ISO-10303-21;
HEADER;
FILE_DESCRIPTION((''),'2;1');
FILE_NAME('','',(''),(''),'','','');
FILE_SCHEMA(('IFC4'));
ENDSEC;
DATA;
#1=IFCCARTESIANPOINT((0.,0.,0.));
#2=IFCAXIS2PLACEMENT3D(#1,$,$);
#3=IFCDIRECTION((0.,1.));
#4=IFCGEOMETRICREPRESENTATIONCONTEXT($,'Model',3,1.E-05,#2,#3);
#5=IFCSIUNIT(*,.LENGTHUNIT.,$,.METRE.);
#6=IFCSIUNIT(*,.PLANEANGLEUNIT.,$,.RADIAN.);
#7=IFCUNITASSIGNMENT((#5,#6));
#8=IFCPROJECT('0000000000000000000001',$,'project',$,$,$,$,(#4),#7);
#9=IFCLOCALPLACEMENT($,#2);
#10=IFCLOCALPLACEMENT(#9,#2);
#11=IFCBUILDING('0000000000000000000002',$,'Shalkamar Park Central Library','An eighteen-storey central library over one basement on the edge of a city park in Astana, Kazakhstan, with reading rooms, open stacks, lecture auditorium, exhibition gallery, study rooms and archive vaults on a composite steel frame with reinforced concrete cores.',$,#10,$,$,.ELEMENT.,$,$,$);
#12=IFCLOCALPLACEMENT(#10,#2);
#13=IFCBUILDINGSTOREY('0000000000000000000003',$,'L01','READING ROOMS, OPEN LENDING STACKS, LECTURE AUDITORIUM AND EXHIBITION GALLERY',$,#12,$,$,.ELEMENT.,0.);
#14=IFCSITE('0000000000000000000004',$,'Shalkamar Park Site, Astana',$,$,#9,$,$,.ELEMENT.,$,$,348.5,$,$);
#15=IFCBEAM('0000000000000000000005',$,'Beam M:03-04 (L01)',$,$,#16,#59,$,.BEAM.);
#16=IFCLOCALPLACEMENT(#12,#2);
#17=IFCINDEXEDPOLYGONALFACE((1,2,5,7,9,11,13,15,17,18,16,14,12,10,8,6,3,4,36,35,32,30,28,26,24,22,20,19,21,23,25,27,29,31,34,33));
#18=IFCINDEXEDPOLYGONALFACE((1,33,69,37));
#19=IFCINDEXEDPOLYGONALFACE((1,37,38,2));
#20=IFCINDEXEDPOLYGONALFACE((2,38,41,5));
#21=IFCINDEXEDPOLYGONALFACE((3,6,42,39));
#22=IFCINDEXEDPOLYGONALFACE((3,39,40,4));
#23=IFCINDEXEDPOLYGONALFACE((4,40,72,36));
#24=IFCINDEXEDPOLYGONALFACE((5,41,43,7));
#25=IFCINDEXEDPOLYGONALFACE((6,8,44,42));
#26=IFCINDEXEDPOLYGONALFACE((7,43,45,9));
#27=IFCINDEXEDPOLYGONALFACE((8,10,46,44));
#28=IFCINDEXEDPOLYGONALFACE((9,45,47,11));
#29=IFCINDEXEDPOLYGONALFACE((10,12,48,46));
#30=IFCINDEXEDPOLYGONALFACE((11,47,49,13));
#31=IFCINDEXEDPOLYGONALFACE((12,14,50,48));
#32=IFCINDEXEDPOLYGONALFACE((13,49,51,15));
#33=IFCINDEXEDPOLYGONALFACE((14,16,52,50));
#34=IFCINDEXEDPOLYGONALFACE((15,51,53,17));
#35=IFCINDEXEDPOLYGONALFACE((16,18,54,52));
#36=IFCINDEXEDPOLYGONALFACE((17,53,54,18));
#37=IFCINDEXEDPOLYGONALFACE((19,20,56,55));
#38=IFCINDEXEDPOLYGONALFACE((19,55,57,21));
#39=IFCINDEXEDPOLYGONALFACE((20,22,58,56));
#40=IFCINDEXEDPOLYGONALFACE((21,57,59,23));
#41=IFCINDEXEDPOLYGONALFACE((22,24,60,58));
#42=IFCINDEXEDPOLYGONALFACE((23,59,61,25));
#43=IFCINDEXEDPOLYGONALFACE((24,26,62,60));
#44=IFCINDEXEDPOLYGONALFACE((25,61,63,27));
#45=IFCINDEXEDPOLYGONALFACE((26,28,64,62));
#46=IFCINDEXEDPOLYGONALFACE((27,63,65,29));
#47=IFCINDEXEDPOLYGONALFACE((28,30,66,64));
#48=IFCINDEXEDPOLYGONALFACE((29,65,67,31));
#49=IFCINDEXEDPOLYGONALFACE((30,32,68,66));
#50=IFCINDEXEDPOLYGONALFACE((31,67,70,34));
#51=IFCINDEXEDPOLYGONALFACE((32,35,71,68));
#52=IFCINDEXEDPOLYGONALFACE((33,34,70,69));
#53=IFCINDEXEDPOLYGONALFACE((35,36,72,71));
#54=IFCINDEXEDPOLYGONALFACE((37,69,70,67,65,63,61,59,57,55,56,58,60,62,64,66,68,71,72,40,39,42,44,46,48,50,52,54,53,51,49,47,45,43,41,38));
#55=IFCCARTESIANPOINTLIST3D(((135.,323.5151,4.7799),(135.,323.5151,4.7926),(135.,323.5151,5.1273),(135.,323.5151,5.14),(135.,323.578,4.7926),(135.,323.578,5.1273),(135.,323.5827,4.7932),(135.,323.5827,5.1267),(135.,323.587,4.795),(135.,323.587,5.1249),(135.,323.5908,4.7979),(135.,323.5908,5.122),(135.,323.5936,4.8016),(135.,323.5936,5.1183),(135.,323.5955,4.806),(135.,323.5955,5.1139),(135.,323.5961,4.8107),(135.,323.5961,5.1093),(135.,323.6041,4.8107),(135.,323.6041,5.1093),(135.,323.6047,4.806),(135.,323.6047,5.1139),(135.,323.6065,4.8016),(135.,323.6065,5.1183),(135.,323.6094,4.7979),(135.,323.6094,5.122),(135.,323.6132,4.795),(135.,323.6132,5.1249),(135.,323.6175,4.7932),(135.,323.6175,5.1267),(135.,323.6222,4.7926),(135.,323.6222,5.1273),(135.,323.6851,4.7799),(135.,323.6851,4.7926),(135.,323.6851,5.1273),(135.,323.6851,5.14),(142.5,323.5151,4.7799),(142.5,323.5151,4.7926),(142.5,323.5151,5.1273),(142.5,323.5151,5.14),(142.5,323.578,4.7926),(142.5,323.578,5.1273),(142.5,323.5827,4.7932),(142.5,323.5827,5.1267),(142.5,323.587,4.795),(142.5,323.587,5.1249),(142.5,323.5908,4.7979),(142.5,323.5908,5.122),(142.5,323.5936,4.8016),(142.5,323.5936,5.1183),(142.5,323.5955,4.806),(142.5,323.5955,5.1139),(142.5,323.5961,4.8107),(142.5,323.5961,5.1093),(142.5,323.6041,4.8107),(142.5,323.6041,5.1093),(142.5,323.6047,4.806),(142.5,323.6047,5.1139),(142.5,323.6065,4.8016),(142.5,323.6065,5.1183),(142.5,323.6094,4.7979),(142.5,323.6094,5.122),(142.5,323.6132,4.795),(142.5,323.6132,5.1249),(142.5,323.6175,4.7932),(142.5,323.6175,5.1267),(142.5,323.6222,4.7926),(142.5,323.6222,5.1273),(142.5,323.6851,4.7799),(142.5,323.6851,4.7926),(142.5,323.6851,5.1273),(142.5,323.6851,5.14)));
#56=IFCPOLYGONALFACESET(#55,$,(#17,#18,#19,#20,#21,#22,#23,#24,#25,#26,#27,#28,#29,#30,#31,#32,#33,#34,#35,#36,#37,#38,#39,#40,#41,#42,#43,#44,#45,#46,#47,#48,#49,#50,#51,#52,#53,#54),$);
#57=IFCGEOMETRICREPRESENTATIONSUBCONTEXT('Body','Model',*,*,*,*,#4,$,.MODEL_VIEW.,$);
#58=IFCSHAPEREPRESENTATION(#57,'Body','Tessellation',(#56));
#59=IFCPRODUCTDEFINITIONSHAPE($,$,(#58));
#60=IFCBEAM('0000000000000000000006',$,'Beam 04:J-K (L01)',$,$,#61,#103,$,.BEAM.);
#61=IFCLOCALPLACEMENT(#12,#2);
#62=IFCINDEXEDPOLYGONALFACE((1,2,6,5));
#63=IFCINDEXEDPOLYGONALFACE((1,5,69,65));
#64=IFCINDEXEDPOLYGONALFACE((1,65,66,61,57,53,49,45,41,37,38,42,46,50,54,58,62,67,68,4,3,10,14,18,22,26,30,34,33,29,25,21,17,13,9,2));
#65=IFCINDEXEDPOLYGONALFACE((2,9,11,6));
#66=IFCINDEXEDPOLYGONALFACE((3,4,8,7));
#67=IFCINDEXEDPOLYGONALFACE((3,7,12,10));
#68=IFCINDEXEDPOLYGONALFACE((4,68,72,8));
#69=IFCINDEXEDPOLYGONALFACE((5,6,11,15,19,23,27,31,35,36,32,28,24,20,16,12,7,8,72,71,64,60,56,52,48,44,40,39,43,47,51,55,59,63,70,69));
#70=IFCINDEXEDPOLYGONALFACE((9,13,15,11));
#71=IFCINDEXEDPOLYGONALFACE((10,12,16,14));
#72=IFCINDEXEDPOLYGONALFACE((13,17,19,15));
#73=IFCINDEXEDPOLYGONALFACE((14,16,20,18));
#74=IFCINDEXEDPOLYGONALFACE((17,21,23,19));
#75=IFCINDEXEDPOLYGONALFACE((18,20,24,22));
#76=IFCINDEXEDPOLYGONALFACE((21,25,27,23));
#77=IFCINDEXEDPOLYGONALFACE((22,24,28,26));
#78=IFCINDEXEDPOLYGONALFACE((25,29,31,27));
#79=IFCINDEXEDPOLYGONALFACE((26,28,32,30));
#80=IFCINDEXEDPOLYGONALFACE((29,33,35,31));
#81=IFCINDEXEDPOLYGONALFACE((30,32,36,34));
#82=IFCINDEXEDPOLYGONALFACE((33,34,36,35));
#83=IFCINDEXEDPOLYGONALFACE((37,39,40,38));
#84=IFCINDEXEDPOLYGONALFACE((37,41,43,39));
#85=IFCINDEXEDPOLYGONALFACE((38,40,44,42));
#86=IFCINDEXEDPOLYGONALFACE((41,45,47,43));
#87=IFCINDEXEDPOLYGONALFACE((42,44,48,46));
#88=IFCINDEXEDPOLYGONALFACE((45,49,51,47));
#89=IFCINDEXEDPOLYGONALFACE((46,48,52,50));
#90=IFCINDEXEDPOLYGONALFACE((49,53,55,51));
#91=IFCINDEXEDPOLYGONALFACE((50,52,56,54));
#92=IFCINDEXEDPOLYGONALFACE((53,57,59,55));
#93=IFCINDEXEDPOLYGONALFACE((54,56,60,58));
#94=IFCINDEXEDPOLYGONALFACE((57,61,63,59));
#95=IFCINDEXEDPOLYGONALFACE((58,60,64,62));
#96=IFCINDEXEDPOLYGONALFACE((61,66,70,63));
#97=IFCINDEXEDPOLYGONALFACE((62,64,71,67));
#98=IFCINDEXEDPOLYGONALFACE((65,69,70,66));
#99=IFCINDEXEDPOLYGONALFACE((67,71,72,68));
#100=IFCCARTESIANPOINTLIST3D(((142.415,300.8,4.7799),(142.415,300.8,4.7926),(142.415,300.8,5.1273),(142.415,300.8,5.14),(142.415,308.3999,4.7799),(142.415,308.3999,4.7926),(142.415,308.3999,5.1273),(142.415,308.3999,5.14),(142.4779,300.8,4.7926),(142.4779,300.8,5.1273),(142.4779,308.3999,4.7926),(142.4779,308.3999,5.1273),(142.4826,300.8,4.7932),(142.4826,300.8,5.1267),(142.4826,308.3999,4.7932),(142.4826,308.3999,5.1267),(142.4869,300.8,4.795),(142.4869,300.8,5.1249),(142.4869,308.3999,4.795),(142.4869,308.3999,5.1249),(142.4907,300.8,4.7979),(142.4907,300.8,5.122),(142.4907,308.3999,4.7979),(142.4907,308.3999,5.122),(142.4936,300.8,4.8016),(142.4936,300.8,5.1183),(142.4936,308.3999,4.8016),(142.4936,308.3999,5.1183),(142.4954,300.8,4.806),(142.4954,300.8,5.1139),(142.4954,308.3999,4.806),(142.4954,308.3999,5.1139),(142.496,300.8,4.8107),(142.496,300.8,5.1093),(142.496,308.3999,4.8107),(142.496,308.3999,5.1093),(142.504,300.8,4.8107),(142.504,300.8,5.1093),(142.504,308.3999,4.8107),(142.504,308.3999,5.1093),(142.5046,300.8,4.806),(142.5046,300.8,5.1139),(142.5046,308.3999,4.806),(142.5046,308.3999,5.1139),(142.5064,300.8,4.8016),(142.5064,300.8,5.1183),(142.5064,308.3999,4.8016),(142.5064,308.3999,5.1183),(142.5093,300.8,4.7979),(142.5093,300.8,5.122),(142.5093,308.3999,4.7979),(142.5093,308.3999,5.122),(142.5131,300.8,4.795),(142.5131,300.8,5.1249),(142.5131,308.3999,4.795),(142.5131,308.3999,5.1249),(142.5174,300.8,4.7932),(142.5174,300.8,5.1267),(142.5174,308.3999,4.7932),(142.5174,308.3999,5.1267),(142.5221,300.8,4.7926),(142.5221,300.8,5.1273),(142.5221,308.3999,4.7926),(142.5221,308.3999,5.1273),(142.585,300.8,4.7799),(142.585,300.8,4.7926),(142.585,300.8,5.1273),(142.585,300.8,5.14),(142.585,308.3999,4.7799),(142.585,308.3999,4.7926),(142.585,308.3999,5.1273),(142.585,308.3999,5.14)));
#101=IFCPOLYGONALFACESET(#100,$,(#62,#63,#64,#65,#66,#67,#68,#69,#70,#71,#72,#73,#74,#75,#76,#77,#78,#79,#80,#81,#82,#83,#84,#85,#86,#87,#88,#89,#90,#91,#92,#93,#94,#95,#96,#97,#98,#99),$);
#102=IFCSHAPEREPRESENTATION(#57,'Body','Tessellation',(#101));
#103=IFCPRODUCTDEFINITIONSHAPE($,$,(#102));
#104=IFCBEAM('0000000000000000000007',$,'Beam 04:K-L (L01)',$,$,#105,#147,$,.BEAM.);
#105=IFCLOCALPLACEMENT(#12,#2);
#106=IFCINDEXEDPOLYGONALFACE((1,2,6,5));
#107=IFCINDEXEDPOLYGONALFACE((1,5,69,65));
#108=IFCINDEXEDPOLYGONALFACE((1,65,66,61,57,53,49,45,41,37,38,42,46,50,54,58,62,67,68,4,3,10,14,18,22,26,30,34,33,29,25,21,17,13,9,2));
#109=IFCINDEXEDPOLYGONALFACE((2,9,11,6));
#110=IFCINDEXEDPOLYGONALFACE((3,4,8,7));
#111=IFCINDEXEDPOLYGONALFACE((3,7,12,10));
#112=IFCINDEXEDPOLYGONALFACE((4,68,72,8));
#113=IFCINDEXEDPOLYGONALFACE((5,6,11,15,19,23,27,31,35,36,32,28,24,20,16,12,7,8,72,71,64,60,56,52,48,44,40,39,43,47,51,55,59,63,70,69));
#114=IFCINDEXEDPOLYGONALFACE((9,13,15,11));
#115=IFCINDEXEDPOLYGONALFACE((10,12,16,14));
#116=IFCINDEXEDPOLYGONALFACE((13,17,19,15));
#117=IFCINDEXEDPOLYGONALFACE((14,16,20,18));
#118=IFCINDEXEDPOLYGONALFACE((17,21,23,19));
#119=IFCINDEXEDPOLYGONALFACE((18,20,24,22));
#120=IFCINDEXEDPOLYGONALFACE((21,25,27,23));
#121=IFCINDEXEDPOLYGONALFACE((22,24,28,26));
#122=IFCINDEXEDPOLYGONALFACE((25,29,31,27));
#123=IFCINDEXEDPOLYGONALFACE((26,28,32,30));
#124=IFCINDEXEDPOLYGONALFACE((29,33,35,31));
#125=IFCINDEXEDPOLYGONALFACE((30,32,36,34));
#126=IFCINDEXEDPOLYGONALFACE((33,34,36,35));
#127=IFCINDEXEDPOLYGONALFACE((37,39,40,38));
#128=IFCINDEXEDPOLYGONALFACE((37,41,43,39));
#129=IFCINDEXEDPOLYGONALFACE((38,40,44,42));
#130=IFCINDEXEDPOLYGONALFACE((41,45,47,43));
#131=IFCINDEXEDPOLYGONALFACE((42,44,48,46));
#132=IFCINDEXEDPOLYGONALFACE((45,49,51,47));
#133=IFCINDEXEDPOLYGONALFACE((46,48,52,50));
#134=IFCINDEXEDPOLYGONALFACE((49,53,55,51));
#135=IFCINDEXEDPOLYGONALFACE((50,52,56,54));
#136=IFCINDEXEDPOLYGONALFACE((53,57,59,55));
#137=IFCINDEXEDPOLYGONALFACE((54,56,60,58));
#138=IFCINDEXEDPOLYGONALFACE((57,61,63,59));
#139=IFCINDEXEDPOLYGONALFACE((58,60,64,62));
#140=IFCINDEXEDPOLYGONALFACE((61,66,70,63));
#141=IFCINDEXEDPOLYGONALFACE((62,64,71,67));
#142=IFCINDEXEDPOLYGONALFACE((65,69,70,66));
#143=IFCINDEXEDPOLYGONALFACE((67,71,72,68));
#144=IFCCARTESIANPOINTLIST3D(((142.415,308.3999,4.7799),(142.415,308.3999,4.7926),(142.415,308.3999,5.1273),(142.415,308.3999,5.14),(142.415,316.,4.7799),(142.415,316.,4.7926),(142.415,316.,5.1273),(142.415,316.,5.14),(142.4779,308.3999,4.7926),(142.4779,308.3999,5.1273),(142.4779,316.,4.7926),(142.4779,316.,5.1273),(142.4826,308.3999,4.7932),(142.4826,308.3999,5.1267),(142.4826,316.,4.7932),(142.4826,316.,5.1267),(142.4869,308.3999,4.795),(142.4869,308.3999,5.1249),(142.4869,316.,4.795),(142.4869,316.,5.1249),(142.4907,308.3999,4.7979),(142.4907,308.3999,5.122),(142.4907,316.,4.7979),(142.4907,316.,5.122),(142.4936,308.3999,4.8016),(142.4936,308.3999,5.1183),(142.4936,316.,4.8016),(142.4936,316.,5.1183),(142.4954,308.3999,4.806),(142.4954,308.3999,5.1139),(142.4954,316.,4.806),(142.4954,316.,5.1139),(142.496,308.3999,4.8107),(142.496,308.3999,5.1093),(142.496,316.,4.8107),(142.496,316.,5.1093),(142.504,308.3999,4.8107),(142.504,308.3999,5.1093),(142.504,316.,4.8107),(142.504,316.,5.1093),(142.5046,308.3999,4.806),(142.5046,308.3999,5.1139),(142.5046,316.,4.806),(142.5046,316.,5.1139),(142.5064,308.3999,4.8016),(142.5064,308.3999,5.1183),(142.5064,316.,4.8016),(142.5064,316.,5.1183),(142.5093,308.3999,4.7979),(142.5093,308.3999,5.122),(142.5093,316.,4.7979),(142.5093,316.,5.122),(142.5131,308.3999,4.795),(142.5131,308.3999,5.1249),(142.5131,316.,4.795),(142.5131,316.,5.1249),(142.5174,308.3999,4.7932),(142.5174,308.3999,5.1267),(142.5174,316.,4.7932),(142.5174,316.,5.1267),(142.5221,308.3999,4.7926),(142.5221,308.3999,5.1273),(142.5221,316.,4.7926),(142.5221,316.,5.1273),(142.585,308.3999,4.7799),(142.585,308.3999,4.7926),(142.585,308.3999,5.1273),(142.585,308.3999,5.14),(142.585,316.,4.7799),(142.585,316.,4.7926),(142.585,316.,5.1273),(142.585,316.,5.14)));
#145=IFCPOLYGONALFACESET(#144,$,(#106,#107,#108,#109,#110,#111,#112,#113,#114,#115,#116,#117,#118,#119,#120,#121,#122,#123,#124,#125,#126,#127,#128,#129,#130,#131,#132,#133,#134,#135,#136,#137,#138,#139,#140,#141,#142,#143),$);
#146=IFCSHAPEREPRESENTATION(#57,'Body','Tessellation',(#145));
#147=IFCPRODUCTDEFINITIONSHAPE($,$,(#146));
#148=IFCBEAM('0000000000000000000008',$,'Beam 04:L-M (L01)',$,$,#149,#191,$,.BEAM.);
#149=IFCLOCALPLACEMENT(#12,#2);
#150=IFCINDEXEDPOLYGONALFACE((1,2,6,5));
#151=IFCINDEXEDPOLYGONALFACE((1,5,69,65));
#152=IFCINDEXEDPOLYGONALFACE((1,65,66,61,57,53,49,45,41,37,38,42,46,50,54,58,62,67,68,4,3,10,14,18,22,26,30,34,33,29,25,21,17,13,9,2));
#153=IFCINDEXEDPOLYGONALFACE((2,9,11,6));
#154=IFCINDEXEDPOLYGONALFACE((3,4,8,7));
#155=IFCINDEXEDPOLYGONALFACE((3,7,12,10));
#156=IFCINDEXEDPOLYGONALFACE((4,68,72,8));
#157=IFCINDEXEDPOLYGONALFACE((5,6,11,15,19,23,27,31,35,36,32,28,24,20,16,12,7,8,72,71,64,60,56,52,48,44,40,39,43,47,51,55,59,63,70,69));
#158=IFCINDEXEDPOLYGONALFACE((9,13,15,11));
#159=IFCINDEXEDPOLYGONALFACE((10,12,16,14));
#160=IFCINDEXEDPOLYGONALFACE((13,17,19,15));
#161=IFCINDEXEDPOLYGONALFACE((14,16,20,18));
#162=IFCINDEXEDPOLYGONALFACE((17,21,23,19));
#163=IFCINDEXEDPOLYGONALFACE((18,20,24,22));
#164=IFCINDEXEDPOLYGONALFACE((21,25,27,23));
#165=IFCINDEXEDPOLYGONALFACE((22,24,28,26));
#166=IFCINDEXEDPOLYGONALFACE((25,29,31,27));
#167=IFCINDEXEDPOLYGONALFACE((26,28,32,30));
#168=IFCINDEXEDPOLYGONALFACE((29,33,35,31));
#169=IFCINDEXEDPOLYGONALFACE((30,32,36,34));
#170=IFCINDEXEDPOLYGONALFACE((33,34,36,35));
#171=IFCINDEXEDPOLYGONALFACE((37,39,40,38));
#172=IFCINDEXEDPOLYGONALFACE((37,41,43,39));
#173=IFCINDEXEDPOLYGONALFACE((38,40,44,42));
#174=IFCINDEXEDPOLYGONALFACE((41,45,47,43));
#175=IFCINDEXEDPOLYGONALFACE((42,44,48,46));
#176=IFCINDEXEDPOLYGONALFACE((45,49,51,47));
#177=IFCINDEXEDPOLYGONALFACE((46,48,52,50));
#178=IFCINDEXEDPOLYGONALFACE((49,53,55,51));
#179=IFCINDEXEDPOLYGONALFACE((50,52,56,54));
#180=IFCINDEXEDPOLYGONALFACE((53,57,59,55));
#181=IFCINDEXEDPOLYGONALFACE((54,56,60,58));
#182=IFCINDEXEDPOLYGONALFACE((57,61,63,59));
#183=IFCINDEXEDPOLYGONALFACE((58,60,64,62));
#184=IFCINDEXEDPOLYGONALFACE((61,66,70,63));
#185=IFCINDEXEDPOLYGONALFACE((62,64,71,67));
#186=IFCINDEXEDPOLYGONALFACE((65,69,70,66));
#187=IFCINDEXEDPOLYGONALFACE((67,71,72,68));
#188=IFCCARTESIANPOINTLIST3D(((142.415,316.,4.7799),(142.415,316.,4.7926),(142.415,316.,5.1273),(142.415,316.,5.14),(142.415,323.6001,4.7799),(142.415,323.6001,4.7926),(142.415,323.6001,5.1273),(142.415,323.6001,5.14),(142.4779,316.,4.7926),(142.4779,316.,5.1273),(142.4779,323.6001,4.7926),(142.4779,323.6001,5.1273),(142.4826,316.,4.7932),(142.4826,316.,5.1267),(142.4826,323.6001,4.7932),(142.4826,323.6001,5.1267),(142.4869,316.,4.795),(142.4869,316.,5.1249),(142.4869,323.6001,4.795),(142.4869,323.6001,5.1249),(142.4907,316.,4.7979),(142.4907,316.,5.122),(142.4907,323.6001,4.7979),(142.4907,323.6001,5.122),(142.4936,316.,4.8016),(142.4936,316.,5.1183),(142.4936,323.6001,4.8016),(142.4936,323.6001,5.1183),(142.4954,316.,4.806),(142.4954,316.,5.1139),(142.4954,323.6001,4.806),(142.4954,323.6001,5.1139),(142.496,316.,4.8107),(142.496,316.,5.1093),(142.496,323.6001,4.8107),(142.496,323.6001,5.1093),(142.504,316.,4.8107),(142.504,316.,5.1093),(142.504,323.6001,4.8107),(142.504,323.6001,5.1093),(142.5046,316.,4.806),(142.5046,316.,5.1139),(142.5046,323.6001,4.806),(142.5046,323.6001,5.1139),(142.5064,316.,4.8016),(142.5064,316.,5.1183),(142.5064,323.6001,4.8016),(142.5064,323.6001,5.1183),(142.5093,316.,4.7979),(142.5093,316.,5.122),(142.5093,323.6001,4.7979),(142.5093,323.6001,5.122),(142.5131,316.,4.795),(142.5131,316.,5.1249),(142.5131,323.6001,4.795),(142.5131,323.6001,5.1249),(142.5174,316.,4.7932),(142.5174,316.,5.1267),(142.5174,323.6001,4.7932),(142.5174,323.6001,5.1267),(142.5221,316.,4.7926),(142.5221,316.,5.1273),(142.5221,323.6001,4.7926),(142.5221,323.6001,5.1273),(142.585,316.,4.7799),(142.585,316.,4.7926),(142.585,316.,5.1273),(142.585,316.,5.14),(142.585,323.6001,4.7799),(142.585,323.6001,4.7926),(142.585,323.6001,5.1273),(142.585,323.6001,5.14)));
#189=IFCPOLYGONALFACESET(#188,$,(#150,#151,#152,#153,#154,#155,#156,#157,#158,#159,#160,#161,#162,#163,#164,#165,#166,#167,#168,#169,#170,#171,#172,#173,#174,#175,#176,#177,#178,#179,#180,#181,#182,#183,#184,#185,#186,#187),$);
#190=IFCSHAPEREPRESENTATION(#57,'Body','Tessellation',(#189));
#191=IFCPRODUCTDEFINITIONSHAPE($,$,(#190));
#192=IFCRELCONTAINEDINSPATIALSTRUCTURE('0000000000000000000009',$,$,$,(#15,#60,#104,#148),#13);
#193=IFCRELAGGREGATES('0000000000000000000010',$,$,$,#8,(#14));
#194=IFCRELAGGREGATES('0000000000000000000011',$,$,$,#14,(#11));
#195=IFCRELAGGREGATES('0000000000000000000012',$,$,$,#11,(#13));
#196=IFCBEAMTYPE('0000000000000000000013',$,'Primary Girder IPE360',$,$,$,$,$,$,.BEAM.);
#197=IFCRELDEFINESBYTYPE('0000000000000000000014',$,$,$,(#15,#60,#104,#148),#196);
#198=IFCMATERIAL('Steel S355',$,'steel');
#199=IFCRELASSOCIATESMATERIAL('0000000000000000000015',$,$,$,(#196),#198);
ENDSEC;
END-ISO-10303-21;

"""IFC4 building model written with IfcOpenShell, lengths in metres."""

from ifc_helpers import new_model, si_unit, direction, frame, origin, origin_2d, place, context, subcontext, project, spatial, i_section, extrude, material, material_profile, profile_set, type_object, element, save


model = new_model("IFC4")

# Units and contexts
model_context = context("Model", 3, precision=1e-05, world=origin(), true_north=direction((0.0, 1.0)))
body_context = subcontext(model_context, "Body", "Model", "MODEL_VIEW")
ifc_project = project(units=[si_unit("LENGTHUNIT", "METRE"), si_unit("PLANEANGLEUNIT", "RADIAN")], contexts=[model_context])

# Site, building, storey
site_placement = place(None, origin())
site = spatial("IfcSite", under=ifc_project, at=site_placement, Name="Shalkamar Park Site, Astana", CompositionType="ELEMENT", RefElevation=348.5)
building_placement = place(site_placement, origin())
building = spatial("IfcBuilding", under=site, at=building_placement, Name="Shalkamar Park Central Library", Description="An eighteen-storey central library over one basement on the edge of a city park in Astana, Kazakhstan, with reading rooms, open stacks, lecture auditorium, exhibition gallery, study rooms and archive vaults on a composite steel frame with reinforced concrete cores.", CompositionType="ELEMENT")
storey_placement = place(building_placement, origin())
storey = spatial("IfcBuildingStorey", under=building, at=storey_placement, Name="L01", Description="READING ROOMS, OPEN LENDING STACKS, LECTURE AUDITORIUM AND EXHIBITION GALLERY", CompositionType="ELEMENT", Elevation=0.0)

# Shared definitions
ifc_material_1 = material(Name="Steel S355", Category="steel")

# Beams
ifc_material_profile_1 = material_profile(ifc_material_1, i_section(OverallWidth=0.1699, OverallDepth=0.3601, WebThickness=0.0081, FlangeThickness=0.0127, FilletRadius=0.0181, at=origin_2d()), Name="IPE 360")
ifc_profile_set_1 = profile_set([ifc_material_profile_1], Name="Steel S355")
beam_type = type_object("IfcBeamType", Name="Primary Girder IPE360", PredefinedType="BEAM", material=ifc_profile_set_1)
for number, where, z_axis, x_axis, name in (
    (1, (135.0, 323.6001, 4.96), (1.0, 0.0, 0.0), (0.0, 1.0, 0.0), "Beam M:03-04 (L01)"),
):
    element("IfcBeam", number, at=place(storey_placement, frame(where, z_axis=z_axis, x_axis=x_axis)), inside=storey, type_object=beam_type, Name=name, PredefinedType="BEAM", context=body_context, shape_type="SweptSolid", body=[
        extrude(i_section(OverallWidth=0.1699, OverallDepth=0.3601, WebThickness=0.0081, FlangeThickness=0.0127, FilletRadius=0.0181, at=origin_2d()), origin(), (0.0, 0.0, 1.0), 7.5),
    ])
beam_1_placement = place(storey_placement, frame((142.5, 300.8, 4.96), z_axis=(0.0, 1.0, 0.0), x_axis=(-1.0, 0.0, 0.0)))
element("IfcBeam", 2, at=beam_1_placement, inside=storey, type_object=beam_type, Name="Beam 04:J-K (L01)", PredefinedType="BEAM", context=body_context, shape_type="SweptSolid", body=[
    extrude(i_section(OverallWidth=0.1699, OverallDepth=0.3601, WebThickness=0.0081, FlangeThickness=0.0127, FilletRadius=0.0181, at=origin_2d()), origin(), (0.0, 0.0, 1.0), 7.5999),
])
for number, where, z_axis, x_axis, name in (
    (3, (142.5, 308.3999, 4.96), (0.0, 1.0, 0.0), (-1.0, 0.0, 0.0), "Beam 04:K-L (L01)"),
    (4, (142.5, 316.0, 4.96), (0.0, 1.0, 0.0), (-1.0, 0.0, 0.0), "Beam 04:L-M (L01)"),
):
    element("IfcBeam", number, at=place(storey_placement, frame(where, z_axis=z_axis, x_axis=x_axis)), inside=storey, type_object=beam_type, Name=name, PredefinedType="BEAM", context=body_context, shape_type="SweptSolid", body=[
        extrude(i_section(OverallWidth=0.1699, OverallDepth=0.3601, WebThickness=0.0081, FlangeThickness=0.0127, FilletRadius=0.0181, at=origin_2d()), origin(), (0.0, 0.0, 1.0), 7.6001),
    ])

save(model, "model.ifc")
